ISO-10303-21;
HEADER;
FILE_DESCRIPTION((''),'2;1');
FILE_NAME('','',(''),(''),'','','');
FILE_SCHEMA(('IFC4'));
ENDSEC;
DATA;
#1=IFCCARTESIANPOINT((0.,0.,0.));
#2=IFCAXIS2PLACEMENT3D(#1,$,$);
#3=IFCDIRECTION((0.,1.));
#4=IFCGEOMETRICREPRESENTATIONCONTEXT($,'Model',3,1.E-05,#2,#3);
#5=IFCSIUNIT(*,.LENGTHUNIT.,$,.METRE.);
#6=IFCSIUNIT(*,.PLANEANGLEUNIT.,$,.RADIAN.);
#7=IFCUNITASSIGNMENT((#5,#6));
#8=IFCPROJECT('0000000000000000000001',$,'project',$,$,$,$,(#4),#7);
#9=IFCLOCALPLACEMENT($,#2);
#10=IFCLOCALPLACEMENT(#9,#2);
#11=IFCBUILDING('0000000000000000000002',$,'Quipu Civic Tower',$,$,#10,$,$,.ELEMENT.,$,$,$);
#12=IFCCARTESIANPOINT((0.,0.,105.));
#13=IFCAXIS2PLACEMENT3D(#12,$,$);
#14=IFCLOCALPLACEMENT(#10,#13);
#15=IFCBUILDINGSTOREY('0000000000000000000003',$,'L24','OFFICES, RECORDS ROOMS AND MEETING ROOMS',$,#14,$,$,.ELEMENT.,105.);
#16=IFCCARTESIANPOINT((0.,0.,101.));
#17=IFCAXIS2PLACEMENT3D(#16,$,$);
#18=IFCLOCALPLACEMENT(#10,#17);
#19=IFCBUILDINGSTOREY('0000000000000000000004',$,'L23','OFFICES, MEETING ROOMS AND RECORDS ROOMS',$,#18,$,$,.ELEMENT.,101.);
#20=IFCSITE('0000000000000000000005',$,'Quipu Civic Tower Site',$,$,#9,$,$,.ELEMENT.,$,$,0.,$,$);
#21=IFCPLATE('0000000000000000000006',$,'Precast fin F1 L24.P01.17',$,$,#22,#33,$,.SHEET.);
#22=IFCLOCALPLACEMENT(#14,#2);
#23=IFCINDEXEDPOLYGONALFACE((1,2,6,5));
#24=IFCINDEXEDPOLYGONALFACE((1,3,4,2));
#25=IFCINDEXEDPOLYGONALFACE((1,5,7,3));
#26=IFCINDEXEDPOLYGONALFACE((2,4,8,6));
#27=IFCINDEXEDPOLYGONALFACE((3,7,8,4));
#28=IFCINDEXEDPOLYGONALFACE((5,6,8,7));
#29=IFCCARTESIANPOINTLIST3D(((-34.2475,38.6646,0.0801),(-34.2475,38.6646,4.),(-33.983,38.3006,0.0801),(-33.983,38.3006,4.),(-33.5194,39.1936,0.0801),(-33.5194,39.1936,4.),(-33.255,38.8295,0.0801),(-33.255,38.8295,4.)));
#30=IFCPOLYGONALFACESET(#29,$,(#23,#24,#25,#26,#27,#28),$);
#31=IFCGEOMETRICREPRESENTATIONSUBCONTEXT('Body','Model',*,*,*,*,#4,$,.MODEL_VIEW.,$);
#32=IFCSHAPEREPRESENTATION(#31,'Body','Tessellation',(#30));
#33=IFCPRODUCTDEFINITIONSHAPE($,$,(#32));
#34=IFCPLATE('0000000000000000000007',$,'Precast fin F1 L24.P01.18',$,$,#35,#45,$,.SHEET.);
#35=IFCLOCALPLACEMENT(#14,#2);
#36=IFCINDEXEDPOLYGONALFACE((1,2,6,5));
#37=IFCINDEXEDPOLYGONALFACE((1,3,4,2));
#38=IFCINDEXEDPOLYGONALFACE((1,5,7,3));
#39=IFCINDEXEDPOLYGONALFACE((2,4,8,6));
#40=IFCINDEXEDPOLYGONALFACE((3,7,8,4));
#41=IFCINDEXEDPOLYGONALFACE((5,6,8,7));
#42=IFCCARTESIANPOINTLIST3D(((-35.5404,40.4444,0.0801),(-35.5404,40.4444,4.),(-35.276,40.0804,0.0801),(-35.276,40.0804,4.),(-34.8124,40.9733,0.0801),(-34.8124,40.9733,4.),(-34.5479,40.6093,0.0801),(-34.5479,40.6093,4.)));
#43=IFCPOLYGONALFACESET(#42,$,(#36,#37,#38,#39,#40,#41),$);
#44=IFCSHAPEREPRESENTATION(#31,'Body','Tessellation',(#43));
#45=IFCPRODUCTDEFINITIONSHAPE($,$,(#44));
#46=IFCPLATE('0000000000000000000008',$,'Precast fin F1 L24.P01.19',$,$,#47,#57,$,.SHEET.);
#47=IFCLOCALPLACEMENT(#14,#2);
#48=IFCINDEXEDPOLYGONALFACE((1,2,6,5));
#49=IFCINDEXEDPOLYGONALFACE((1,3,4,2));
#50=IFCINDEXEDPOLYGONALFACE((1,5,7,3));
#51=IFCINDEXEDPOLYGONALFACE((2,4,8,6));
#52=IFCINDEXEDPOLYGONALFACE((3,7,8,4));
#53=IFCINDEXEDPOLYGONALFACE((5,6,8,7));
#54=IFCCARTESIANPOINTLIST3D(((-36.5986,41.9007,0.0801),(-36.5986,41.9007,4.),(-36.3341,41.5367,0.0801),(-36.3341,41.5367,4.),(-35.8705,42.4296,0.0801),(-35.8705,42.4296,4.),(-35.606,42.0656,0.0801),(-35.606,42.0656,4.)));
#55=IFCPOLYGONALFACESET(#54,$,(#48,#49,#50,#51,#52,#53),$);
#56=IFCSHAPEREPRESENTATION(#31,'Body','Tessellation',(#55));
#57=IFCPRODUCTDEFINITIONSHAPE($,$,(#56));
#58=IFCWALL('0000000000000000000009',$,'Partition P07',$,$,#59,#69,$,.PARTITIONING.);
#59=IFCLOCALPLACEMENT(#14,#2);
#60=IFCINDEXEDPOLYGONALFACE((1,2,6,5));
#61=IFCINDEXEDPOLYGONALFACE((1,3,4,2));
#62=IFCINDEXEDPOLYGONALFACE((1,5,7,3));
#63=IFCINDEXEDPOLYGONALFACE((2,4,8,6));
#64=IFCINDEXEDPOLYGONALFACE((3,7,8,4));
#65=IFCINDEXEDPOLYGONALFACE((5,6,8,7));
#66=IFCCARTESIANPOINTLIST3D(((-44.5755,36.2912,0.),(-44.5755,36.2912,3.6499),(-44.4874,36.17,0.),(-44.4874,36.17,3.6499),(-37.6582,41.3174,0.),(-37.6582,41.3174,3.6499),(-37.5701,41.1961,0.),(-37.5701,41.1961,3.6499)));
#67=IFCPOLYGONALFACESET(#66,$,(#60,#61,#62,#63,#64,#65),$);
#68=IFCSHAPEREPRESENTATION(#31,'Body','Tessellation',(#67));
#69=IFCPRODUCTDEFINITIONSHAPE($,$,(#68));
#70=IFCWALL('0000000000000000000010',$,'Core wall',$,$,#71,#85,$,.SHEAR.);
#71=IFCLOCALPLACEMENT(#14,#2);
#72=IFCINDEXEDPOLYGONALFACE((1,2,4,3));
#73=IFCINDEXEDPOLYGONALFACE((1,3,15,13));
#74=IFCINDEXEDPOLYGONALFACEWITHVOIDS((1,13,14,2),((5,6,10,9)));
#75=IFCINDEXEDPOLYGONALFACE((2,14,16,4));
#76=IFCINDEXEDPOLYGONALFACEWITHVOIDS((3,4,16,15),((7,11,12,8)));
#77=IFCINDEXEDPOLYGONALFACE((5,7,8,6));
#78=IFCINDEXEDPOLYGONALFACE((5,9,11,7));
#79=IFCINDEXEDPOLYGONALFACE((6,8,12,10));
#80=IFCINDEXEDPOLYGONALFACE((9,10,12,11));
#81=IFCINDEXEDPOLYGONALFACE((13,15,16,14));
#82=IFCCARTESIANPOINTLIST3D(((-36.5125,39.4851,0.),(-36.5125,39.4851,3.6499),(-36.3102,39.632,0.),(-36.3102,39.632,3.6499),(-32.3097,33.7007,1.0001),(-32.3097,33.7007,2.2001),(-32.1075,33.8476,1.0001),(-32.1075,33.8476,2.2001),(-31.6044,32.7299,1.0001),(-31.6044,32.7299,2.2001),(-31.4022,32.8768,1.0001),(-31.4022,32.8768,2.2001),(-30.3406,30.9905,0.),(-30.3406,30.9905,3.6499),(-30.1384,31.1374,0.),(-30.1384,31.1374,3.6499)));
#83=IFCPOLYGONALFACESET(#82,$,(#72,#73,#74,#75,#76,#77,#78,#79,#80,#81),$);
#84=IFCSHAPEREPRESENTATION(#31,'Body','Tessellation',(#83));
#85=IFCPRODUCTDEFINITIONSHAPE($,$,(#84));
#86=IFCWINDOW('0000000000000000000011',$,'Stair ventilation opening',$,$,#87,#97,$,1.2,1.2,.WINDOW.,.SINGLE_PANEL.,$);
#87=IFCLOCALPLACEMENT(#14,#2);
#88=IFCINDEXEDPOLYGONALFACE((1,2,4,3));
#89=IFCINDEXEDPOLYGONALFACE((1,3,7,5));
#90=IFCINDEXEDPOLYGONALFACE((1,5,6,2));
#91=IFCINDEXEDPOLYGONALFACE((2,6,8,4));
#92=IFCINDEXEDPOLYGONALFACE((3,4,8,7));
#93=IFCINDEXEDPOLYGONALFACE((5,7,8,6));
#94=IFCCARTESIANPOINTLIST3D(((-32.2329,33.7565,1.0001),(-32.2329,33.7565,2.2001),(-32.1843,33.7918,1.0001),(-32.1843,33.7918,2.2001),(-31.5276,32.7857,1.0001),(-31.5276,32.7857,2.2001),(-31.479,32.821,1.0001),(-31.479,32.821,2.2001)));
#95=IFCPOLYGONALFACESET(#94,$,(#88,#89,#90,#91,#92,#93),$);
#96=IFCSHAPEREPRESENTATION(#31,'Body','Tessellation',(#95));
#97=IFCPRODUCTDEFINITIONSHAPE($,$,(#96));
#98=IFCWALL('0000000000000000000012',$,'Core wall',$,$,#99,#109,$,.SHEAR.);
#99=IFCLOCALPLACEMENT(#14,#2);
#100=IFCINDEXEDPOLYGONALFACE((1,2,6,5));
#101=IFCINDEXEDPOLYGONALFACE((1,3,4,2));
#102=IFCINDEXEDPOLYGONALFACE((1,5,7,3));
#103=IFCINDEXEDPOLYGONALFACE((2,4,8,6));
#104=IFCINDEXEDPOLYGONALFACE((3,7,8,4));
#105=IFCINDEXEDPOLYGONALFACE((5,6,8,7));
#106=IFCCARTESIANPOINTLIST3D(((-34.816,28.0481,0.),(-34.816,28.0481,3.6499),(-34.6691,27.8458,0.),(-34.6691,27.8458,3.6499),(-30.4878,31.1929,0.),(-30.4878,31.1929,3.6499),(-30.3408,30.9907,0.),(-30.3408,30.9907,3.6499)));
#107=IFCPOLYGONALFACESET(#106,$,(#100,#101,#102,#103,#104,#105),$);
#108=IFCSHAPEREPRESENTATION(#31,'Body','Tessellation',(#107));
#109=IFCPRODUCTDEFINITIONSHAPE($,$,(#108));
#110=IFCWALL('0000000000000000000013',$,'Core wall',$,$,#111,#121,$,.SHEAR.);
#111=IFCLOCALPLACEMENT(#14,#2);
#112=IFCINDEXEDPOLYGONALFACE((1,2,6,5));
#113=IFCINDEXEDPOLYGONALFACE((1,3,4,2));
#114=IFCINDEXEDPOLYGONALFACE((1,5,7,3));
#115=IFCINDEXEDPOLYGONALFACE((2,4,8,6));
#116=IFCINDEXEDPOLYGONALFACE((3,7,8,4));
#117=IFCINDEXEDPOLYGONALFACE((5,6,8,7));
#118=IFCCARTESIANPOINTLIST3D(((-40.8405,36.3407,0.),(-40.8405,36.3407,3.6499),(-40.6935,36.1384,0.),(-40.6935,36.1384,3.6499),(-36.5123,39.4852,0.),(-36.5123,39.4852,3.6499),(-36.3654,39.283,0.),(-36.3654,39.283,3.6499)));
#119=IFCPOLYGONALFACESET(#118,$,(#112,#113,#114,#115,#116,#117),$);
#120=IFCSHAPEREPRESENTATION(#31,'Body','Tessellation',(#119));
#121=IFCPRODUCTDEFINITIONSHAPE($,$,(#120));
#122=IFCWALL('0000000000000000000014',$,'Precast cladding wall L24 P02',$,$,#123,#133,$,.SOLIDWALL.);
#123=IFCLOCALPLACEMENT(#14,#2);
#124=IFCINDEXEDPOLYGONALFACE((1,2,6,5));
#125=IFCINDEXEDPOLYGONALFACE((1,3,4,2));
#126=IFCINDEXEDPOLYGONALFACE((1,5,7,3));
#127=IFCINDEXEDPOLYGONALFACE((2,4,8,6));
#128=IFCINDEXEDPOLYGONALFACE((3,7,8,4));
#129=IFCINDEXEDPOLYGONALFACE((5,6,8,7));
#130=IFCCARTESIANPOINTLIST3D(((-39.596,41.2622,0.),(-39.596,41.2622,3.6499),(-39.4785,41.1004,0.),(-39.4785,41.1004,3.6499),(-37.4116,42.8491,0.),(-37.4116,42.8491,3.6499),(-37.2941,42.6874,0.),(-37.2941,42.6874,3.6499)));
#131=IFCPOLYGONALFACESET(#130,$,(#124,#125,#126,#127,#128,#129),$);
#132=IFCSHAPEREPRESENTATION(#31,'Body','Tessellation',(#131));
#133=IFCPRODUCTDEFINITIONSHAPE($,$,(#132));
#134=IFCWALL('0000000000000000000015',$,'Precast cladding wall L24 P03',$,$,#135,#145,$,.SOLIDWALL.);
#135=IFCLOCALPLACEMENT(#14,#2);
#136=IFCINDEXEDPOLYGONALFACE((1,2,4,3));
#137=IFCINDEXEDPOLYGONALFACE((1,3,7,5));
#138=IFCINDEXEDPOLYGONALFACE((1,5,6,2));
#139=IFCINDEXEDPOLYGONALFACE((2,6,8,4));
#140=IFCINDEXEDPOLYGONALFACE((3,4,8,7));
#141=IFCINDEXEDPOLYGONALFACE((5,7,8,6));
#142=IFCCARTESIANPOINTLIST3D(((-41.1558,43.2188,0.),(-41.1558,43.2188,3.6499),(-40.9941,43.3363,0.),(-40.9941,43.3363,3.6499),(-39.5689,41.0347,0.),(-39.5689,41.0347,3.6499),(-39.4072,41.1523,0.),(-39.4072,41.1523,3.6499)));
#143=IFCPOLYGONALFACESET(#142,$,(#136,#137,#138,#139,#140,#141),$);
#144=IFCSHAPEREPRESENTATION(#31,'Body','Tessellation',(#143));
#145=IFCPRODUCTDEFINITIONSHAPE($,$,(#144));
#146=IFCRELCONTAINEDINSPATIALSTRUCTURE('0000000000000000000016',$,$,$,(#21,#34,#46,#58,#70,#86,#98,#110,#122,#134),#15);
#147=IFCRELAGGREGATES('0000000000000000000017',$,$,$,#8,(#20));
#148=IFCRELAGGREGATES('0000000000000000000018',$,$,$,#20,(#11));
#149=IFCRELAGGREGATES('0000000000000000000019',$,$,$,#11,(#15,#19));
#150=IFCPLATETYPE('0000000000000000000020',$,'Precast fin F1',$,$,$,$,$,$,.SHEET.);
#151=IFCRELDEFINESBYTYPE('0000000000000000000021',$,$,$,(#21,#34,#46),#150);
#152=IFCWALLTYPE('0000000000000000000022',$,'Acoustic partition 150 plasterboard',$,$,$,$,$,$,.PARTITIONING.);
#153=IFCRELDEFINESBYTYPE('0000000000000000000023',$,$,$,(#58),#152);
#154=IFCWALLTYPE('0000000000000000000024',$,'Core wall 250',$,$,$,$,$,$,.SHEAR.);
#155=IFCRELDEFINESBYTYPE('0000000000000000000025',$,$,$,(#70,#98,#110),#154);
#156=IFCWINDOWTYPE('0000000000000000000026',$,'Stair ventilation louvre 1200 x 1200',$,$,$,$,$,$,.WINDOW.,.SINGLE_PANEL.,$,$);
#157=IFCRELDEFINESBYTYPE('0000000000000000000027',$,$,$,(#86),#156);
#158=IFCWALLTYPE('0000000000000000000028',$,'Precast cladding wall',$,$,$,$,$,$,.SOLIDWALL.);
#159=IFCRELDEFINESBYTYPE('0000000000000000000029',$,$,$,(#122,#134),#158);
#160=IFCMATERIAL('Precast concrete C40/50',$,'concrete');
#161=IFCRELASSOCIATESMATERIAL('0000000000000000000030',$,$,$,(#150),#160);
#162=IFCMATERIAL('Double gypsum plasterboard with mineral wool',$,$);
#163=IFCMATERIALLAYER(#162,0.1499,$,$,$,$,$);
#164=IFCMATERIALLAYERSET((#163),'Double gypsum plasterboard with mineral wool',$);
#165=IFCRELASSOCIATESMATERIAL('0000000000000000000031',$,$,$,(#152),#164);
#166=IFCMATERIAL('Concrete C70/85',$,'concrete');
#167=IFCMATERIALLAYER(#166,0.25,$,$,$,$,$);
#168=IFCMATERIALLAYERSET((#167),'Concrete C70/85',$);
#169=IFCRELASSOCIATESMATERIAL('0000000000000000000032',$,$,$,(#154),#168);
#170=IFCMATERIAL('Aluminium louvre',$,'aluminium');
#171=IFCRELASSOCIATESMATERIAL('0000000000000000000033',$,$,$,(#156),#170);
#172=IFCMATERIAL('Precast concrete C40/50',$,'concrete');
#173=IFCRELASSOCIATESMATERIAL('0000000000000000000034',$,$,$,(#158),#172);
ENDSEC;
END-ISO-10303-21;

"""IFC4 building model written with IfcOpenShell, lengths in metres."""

from ifc_helpers import new_model, si_unit, direction, frame, frame_2d, origin, origin_2d, place, context, subcontext, project, spatial, rectangle, extrude, material, layer, layer_set, type_object, element, fill, save


model = new_model("IFC4")

# Units and contexts
model_context = context("Model", 3, precision=1e-05, world=origin(), true_north=direction((0.0, 1.0)))
body_context = subcontext(model_context, "Body", "Model", "MODEL_VIEW")
ifc_project = project(units=[si_unit("LENGTHUNIT", "METRE"), si_unit("PLANEANGLEUNIT", "RADIAN")], contexts=[model_context])

# Site, building, storey
site_placement = place(None, origin())
site = spatial("IfcSite", under=ifc_project, at=site_placement, Name="Quipu Civic Tower Site", CompositionType="ELEMENT", RefElevation=0.0)
building_placement = place(site_placement, origin())
building = spatial("IfcBuilding", under=site, at=building_placement, Name="Quipu Civic Tower", CompositionType="ELEMENT")
storey_1_placement = place(building_placement, frame((0.0, 0.0, 105.0)))
storey_1 = spatial("IfcBuildingStorey", under=building, at=storey_1_placement, Name="L24", Description="OFFICES, RECORDS ROOMS AND MEETING ROOMS", CompositionType="ELEMENT", Elevation=105.0)

# Shared definitions
storey_2_placement = place(building_placement, frame((0.0, 0.0, 101.0)))
storey_2 = spatial("IfcBuildingStorey", under=building, at=storey_2_placement, Name="L23", Description="OFFICES, MEETING ROOMS AND RECORDS ROOMS", CompositionType="ELEMENT", Elevation=101.0)

# Plates
ifc_material_1 = material(Name="Precast concrete C40/50", Category="concrete")
plate_type_1 = type_object("IfcPlateType", Name="Precast fin F1", PredefinedType="SHEET", material=ifc_material_1)
for number, where, z_axis, x_axis, name in (
    (1, (-33.7512, 38.7471, 0.0801), (0.0, 0.0, 1.0), (-0.587785, 0.809017, 0.0), "Precast fin F1 L24.P01.17"),
    (2, (-35.0442, 40.5269, 0.0801), (0.0, 0.0, 1.0), (-0.587785, 0.809017, 0.0), "Precast fin F1 L24.P01.18"),
    (3, (-36.1023, 41.9832, 0.0801), (0.0, 0.0, 1.0), (-0.587785, 0.809017, 0.0), "Precast fin F1 L24.P01.19"),
):
    element("IfcPlate", number, at=place(storey_1_placement, frame(where, z_axis=z_axis, x_axis=x_axis)), inside=storey_1, type_object=plate_type_1, Name=name, PredefinedType="SHEET", context=body_context, shape_type="SweptSolid", body=[
        extrude(rectangle(XDim=0.45, YDim=0.8999, at=origin_2d()), origin(), (0.0, 0.0, 1.0), 3.9199),
    ])

# Wall
ifc_material_2 = material(Name="Double gypsum plasterboard with mineral wool")
ifc_layer_1 = layer(ifc_material_2, 0.1499)
ifc_layer_set_1 = layer_set([ifc_layer_1], Name="Double gypsum plasterboard with mineral wool")
wall_type_1 = type_object("IfcWallType", Name="Acoustic partition 150 plasterboard", PredefinedType="PARTITIONING", material=ifc_layer_set_1)
wall_1_placement = place(storey_1_placement, frame((-37.614, 41.2568, 0.0), z_axis=(0.0, 0.0, 1.0), x_axis=(-0.808992, -0.58782, 0.0)))
element("IfcWall", 4, at=wall_1_placement, inside=storey_1, type_object=wall_type_1, Name="Partition P07", PredefinedType="PARTITIONING", context=body_context, shape_type="SweptSolid", body=[
    extrude(rectangle(XDim=8.5505, YDim=0.1499, at=frame_2d((4.2754, 0.0))), origin(), (0.0, 0.0, 1.0), 3.6499),
])

# Wall, opening, window
ifc_material_3 = material(Name="Concrete C70/85", Category="concrete")
ifc_layer_2 = layer(ifc_material_3, 0.25)
ifc_layer_set_2 = layer_set([ifc_layer_2], Name="Concrete C70/85")
wall_type_2 = type_object("IfcWallType", Name="Core wall 250", PredefinedType="SHEAR", material=ifc_layer_set_2)
wall_2_placement = place(storey_1_placement, frame((-30.2395, 31.064, 0.0), z_axis=(0.0, 0.0, 1.0), x_axis=(-0.587796, 0.809009, 0.0)))
wall_2 = element("IfcWall", 5, at=wall_2_placement, inside=storey_1, type_object=wall_type_2, Name="Core wall", PredefinedType="SHEAR", context=body_context, shape_type="SweptSolid", body=[
    extrude(rectangle(XDim=10.5, YDim=0.25, at=frame_2d((5.25, 0.0))), origin(), (0.0, 0.0, 1.0), 3.6499),
])
opening_placement = place(wall_2_placement, frame((2.1499, 0.0, 1.0)))
opening = element("IfcOpeningElement", 6, at=opening_placement, cuts=wall_2, PredefinedType="OPENING", context=body_context, shape_type="SweptSolid", body=[
    extrude(rectangle(XDim=1.2, YDim=1.2, at=frame_2d((0.6001, 0.6001))), frame((0.0, 0.135, 0.0), z_axis=(0.0, -1.0, 0.0), x_axis=(1.0, 0.0, 0.0)), (0.0, 0.0, 1.0), 0.27),
])
ifc_material_4 = material(Name="Aluminium louvre", Category="aluminium")
window_type = type_object("IfcWindowType", Name="Stair ventilation louvre 1200 x 1200", PartitioningType="SINGLE_PANEL", PredefinedType="WINDOW", material=ifc_material_4)
window_placement = place(opening_placement, origin())
window = element("IfcWindow", 7, at=window_placement, inside=storey_1, type_object=window_type, Name="Stair ventilation opening", OverallHeight=1.2, OverallWidth=1.2, PartitioningType="SINGLE_PANEL", PredefinedType="WINDOW", context=body_context, shape_type="SweptSolid", body=[
    extrude(rectangle(XDim=1.2, YDim=1.2, at=frame_2d((0.6001, 0.6001))), frame((0.0, 0.03, 0.0), z_axis=(0.0, -1.0, 0.0), x_axis=(1.0, 0.0, 0.0)), (0.0, 0.0, 1.0), 0.0601),
])
fill(opening, window)

# Walls
wall_3_placement = place(storey_1_placement, frame((-30.4143, 31.0918, 0.0), z_axis=(0.0, 0.0, 1.0), x_axis=(-0.808998, -0.587811, 0.0)))
element("IfcWall", 8, at=wall_3_placement, inside=storey_1, type_object=wall_type_2, Name="Core wall", PredefinedType="SHEAR", context=body_context, shape_type="SweptSolid", body=[
    extrude(rectangle(XDim=5.3501, YDim=0.25, at=frame_2d((2.675, 0.0))), origin(), (0.0, 0.0, 1.0), 3.6499),
])
wall_4_placement = place(storey_1_placement, frame((-36.439, 39.384, 0.0), z_axis=(0.0, 0.0, 1.0), x_axis=(-0.80902, -0.587781, 0.0)))
element("IfcWall", 9, at=wall_4_placement, inside=storey_1, type_object=wall_type_2, Name="Core wall", PredefinedType="SHEAR", context=body_context, shape_type="SweptSolid", body=[
    extrude(rectangle(XDim=5.3499, YDim=0.25, at=frame_2d((2.6748, 0.0))), origin(), (0.0, 0.0, 1.0), 3.6499),
])
ifc_material_5 = material(Name="Precast concrete C40/50", Category="concrete")
wall_type_3 = type_object("IfcWallType", Name="Precast cladding wall", PredefinedType="SOLIDWALL", material=ifc_material_5)
wall_5_placement = place(storey_1_placement, frame((-37.3528, 42.7683, 0.0), z_axis=(0.0, 0.0, 1.0), x_axis=(-0.809033, -0.587763, 0.0)))
element("IfcWall", 10, at=wall_5_placement, inside=storey_1, type_object=wall_type_3, Name="Precast cladding wall L24 P02", PredefinedType="SOLIDWALL", context=body_context, shape_type="SweptSolid", body=[
    extrude(rectangle(XDim=2.7, YDim=0.2, at=frame_2d((1.3501, 0.0))), origin(), (0.0, 0.0, 1.0), 3.6499),
])
wall_6_placement = place(storey_1_placement, frame((-39.488, 41.0935, 0.0), z_axis=(0.0, 0.0, 1.0), x_axis=(-0.587806, 0.809002, 0.0)))
element("IfcWall", 11, at=wall_6_placement, inside=storey_1, type_object=wall_type_3, Name="Precast cladding wall L24 P03", PredefinedType="SOLIDWALL", context=body_context, shape_type="SweptSolid", body=[
    extrude(rectangle(XDim=2.6997, YDim=0.2, at=frame_2d((1.3499, 0.0))), origin(), (0.0, 0.0, 1.0), 3.6499),
])

save(model, "model.ifc")
